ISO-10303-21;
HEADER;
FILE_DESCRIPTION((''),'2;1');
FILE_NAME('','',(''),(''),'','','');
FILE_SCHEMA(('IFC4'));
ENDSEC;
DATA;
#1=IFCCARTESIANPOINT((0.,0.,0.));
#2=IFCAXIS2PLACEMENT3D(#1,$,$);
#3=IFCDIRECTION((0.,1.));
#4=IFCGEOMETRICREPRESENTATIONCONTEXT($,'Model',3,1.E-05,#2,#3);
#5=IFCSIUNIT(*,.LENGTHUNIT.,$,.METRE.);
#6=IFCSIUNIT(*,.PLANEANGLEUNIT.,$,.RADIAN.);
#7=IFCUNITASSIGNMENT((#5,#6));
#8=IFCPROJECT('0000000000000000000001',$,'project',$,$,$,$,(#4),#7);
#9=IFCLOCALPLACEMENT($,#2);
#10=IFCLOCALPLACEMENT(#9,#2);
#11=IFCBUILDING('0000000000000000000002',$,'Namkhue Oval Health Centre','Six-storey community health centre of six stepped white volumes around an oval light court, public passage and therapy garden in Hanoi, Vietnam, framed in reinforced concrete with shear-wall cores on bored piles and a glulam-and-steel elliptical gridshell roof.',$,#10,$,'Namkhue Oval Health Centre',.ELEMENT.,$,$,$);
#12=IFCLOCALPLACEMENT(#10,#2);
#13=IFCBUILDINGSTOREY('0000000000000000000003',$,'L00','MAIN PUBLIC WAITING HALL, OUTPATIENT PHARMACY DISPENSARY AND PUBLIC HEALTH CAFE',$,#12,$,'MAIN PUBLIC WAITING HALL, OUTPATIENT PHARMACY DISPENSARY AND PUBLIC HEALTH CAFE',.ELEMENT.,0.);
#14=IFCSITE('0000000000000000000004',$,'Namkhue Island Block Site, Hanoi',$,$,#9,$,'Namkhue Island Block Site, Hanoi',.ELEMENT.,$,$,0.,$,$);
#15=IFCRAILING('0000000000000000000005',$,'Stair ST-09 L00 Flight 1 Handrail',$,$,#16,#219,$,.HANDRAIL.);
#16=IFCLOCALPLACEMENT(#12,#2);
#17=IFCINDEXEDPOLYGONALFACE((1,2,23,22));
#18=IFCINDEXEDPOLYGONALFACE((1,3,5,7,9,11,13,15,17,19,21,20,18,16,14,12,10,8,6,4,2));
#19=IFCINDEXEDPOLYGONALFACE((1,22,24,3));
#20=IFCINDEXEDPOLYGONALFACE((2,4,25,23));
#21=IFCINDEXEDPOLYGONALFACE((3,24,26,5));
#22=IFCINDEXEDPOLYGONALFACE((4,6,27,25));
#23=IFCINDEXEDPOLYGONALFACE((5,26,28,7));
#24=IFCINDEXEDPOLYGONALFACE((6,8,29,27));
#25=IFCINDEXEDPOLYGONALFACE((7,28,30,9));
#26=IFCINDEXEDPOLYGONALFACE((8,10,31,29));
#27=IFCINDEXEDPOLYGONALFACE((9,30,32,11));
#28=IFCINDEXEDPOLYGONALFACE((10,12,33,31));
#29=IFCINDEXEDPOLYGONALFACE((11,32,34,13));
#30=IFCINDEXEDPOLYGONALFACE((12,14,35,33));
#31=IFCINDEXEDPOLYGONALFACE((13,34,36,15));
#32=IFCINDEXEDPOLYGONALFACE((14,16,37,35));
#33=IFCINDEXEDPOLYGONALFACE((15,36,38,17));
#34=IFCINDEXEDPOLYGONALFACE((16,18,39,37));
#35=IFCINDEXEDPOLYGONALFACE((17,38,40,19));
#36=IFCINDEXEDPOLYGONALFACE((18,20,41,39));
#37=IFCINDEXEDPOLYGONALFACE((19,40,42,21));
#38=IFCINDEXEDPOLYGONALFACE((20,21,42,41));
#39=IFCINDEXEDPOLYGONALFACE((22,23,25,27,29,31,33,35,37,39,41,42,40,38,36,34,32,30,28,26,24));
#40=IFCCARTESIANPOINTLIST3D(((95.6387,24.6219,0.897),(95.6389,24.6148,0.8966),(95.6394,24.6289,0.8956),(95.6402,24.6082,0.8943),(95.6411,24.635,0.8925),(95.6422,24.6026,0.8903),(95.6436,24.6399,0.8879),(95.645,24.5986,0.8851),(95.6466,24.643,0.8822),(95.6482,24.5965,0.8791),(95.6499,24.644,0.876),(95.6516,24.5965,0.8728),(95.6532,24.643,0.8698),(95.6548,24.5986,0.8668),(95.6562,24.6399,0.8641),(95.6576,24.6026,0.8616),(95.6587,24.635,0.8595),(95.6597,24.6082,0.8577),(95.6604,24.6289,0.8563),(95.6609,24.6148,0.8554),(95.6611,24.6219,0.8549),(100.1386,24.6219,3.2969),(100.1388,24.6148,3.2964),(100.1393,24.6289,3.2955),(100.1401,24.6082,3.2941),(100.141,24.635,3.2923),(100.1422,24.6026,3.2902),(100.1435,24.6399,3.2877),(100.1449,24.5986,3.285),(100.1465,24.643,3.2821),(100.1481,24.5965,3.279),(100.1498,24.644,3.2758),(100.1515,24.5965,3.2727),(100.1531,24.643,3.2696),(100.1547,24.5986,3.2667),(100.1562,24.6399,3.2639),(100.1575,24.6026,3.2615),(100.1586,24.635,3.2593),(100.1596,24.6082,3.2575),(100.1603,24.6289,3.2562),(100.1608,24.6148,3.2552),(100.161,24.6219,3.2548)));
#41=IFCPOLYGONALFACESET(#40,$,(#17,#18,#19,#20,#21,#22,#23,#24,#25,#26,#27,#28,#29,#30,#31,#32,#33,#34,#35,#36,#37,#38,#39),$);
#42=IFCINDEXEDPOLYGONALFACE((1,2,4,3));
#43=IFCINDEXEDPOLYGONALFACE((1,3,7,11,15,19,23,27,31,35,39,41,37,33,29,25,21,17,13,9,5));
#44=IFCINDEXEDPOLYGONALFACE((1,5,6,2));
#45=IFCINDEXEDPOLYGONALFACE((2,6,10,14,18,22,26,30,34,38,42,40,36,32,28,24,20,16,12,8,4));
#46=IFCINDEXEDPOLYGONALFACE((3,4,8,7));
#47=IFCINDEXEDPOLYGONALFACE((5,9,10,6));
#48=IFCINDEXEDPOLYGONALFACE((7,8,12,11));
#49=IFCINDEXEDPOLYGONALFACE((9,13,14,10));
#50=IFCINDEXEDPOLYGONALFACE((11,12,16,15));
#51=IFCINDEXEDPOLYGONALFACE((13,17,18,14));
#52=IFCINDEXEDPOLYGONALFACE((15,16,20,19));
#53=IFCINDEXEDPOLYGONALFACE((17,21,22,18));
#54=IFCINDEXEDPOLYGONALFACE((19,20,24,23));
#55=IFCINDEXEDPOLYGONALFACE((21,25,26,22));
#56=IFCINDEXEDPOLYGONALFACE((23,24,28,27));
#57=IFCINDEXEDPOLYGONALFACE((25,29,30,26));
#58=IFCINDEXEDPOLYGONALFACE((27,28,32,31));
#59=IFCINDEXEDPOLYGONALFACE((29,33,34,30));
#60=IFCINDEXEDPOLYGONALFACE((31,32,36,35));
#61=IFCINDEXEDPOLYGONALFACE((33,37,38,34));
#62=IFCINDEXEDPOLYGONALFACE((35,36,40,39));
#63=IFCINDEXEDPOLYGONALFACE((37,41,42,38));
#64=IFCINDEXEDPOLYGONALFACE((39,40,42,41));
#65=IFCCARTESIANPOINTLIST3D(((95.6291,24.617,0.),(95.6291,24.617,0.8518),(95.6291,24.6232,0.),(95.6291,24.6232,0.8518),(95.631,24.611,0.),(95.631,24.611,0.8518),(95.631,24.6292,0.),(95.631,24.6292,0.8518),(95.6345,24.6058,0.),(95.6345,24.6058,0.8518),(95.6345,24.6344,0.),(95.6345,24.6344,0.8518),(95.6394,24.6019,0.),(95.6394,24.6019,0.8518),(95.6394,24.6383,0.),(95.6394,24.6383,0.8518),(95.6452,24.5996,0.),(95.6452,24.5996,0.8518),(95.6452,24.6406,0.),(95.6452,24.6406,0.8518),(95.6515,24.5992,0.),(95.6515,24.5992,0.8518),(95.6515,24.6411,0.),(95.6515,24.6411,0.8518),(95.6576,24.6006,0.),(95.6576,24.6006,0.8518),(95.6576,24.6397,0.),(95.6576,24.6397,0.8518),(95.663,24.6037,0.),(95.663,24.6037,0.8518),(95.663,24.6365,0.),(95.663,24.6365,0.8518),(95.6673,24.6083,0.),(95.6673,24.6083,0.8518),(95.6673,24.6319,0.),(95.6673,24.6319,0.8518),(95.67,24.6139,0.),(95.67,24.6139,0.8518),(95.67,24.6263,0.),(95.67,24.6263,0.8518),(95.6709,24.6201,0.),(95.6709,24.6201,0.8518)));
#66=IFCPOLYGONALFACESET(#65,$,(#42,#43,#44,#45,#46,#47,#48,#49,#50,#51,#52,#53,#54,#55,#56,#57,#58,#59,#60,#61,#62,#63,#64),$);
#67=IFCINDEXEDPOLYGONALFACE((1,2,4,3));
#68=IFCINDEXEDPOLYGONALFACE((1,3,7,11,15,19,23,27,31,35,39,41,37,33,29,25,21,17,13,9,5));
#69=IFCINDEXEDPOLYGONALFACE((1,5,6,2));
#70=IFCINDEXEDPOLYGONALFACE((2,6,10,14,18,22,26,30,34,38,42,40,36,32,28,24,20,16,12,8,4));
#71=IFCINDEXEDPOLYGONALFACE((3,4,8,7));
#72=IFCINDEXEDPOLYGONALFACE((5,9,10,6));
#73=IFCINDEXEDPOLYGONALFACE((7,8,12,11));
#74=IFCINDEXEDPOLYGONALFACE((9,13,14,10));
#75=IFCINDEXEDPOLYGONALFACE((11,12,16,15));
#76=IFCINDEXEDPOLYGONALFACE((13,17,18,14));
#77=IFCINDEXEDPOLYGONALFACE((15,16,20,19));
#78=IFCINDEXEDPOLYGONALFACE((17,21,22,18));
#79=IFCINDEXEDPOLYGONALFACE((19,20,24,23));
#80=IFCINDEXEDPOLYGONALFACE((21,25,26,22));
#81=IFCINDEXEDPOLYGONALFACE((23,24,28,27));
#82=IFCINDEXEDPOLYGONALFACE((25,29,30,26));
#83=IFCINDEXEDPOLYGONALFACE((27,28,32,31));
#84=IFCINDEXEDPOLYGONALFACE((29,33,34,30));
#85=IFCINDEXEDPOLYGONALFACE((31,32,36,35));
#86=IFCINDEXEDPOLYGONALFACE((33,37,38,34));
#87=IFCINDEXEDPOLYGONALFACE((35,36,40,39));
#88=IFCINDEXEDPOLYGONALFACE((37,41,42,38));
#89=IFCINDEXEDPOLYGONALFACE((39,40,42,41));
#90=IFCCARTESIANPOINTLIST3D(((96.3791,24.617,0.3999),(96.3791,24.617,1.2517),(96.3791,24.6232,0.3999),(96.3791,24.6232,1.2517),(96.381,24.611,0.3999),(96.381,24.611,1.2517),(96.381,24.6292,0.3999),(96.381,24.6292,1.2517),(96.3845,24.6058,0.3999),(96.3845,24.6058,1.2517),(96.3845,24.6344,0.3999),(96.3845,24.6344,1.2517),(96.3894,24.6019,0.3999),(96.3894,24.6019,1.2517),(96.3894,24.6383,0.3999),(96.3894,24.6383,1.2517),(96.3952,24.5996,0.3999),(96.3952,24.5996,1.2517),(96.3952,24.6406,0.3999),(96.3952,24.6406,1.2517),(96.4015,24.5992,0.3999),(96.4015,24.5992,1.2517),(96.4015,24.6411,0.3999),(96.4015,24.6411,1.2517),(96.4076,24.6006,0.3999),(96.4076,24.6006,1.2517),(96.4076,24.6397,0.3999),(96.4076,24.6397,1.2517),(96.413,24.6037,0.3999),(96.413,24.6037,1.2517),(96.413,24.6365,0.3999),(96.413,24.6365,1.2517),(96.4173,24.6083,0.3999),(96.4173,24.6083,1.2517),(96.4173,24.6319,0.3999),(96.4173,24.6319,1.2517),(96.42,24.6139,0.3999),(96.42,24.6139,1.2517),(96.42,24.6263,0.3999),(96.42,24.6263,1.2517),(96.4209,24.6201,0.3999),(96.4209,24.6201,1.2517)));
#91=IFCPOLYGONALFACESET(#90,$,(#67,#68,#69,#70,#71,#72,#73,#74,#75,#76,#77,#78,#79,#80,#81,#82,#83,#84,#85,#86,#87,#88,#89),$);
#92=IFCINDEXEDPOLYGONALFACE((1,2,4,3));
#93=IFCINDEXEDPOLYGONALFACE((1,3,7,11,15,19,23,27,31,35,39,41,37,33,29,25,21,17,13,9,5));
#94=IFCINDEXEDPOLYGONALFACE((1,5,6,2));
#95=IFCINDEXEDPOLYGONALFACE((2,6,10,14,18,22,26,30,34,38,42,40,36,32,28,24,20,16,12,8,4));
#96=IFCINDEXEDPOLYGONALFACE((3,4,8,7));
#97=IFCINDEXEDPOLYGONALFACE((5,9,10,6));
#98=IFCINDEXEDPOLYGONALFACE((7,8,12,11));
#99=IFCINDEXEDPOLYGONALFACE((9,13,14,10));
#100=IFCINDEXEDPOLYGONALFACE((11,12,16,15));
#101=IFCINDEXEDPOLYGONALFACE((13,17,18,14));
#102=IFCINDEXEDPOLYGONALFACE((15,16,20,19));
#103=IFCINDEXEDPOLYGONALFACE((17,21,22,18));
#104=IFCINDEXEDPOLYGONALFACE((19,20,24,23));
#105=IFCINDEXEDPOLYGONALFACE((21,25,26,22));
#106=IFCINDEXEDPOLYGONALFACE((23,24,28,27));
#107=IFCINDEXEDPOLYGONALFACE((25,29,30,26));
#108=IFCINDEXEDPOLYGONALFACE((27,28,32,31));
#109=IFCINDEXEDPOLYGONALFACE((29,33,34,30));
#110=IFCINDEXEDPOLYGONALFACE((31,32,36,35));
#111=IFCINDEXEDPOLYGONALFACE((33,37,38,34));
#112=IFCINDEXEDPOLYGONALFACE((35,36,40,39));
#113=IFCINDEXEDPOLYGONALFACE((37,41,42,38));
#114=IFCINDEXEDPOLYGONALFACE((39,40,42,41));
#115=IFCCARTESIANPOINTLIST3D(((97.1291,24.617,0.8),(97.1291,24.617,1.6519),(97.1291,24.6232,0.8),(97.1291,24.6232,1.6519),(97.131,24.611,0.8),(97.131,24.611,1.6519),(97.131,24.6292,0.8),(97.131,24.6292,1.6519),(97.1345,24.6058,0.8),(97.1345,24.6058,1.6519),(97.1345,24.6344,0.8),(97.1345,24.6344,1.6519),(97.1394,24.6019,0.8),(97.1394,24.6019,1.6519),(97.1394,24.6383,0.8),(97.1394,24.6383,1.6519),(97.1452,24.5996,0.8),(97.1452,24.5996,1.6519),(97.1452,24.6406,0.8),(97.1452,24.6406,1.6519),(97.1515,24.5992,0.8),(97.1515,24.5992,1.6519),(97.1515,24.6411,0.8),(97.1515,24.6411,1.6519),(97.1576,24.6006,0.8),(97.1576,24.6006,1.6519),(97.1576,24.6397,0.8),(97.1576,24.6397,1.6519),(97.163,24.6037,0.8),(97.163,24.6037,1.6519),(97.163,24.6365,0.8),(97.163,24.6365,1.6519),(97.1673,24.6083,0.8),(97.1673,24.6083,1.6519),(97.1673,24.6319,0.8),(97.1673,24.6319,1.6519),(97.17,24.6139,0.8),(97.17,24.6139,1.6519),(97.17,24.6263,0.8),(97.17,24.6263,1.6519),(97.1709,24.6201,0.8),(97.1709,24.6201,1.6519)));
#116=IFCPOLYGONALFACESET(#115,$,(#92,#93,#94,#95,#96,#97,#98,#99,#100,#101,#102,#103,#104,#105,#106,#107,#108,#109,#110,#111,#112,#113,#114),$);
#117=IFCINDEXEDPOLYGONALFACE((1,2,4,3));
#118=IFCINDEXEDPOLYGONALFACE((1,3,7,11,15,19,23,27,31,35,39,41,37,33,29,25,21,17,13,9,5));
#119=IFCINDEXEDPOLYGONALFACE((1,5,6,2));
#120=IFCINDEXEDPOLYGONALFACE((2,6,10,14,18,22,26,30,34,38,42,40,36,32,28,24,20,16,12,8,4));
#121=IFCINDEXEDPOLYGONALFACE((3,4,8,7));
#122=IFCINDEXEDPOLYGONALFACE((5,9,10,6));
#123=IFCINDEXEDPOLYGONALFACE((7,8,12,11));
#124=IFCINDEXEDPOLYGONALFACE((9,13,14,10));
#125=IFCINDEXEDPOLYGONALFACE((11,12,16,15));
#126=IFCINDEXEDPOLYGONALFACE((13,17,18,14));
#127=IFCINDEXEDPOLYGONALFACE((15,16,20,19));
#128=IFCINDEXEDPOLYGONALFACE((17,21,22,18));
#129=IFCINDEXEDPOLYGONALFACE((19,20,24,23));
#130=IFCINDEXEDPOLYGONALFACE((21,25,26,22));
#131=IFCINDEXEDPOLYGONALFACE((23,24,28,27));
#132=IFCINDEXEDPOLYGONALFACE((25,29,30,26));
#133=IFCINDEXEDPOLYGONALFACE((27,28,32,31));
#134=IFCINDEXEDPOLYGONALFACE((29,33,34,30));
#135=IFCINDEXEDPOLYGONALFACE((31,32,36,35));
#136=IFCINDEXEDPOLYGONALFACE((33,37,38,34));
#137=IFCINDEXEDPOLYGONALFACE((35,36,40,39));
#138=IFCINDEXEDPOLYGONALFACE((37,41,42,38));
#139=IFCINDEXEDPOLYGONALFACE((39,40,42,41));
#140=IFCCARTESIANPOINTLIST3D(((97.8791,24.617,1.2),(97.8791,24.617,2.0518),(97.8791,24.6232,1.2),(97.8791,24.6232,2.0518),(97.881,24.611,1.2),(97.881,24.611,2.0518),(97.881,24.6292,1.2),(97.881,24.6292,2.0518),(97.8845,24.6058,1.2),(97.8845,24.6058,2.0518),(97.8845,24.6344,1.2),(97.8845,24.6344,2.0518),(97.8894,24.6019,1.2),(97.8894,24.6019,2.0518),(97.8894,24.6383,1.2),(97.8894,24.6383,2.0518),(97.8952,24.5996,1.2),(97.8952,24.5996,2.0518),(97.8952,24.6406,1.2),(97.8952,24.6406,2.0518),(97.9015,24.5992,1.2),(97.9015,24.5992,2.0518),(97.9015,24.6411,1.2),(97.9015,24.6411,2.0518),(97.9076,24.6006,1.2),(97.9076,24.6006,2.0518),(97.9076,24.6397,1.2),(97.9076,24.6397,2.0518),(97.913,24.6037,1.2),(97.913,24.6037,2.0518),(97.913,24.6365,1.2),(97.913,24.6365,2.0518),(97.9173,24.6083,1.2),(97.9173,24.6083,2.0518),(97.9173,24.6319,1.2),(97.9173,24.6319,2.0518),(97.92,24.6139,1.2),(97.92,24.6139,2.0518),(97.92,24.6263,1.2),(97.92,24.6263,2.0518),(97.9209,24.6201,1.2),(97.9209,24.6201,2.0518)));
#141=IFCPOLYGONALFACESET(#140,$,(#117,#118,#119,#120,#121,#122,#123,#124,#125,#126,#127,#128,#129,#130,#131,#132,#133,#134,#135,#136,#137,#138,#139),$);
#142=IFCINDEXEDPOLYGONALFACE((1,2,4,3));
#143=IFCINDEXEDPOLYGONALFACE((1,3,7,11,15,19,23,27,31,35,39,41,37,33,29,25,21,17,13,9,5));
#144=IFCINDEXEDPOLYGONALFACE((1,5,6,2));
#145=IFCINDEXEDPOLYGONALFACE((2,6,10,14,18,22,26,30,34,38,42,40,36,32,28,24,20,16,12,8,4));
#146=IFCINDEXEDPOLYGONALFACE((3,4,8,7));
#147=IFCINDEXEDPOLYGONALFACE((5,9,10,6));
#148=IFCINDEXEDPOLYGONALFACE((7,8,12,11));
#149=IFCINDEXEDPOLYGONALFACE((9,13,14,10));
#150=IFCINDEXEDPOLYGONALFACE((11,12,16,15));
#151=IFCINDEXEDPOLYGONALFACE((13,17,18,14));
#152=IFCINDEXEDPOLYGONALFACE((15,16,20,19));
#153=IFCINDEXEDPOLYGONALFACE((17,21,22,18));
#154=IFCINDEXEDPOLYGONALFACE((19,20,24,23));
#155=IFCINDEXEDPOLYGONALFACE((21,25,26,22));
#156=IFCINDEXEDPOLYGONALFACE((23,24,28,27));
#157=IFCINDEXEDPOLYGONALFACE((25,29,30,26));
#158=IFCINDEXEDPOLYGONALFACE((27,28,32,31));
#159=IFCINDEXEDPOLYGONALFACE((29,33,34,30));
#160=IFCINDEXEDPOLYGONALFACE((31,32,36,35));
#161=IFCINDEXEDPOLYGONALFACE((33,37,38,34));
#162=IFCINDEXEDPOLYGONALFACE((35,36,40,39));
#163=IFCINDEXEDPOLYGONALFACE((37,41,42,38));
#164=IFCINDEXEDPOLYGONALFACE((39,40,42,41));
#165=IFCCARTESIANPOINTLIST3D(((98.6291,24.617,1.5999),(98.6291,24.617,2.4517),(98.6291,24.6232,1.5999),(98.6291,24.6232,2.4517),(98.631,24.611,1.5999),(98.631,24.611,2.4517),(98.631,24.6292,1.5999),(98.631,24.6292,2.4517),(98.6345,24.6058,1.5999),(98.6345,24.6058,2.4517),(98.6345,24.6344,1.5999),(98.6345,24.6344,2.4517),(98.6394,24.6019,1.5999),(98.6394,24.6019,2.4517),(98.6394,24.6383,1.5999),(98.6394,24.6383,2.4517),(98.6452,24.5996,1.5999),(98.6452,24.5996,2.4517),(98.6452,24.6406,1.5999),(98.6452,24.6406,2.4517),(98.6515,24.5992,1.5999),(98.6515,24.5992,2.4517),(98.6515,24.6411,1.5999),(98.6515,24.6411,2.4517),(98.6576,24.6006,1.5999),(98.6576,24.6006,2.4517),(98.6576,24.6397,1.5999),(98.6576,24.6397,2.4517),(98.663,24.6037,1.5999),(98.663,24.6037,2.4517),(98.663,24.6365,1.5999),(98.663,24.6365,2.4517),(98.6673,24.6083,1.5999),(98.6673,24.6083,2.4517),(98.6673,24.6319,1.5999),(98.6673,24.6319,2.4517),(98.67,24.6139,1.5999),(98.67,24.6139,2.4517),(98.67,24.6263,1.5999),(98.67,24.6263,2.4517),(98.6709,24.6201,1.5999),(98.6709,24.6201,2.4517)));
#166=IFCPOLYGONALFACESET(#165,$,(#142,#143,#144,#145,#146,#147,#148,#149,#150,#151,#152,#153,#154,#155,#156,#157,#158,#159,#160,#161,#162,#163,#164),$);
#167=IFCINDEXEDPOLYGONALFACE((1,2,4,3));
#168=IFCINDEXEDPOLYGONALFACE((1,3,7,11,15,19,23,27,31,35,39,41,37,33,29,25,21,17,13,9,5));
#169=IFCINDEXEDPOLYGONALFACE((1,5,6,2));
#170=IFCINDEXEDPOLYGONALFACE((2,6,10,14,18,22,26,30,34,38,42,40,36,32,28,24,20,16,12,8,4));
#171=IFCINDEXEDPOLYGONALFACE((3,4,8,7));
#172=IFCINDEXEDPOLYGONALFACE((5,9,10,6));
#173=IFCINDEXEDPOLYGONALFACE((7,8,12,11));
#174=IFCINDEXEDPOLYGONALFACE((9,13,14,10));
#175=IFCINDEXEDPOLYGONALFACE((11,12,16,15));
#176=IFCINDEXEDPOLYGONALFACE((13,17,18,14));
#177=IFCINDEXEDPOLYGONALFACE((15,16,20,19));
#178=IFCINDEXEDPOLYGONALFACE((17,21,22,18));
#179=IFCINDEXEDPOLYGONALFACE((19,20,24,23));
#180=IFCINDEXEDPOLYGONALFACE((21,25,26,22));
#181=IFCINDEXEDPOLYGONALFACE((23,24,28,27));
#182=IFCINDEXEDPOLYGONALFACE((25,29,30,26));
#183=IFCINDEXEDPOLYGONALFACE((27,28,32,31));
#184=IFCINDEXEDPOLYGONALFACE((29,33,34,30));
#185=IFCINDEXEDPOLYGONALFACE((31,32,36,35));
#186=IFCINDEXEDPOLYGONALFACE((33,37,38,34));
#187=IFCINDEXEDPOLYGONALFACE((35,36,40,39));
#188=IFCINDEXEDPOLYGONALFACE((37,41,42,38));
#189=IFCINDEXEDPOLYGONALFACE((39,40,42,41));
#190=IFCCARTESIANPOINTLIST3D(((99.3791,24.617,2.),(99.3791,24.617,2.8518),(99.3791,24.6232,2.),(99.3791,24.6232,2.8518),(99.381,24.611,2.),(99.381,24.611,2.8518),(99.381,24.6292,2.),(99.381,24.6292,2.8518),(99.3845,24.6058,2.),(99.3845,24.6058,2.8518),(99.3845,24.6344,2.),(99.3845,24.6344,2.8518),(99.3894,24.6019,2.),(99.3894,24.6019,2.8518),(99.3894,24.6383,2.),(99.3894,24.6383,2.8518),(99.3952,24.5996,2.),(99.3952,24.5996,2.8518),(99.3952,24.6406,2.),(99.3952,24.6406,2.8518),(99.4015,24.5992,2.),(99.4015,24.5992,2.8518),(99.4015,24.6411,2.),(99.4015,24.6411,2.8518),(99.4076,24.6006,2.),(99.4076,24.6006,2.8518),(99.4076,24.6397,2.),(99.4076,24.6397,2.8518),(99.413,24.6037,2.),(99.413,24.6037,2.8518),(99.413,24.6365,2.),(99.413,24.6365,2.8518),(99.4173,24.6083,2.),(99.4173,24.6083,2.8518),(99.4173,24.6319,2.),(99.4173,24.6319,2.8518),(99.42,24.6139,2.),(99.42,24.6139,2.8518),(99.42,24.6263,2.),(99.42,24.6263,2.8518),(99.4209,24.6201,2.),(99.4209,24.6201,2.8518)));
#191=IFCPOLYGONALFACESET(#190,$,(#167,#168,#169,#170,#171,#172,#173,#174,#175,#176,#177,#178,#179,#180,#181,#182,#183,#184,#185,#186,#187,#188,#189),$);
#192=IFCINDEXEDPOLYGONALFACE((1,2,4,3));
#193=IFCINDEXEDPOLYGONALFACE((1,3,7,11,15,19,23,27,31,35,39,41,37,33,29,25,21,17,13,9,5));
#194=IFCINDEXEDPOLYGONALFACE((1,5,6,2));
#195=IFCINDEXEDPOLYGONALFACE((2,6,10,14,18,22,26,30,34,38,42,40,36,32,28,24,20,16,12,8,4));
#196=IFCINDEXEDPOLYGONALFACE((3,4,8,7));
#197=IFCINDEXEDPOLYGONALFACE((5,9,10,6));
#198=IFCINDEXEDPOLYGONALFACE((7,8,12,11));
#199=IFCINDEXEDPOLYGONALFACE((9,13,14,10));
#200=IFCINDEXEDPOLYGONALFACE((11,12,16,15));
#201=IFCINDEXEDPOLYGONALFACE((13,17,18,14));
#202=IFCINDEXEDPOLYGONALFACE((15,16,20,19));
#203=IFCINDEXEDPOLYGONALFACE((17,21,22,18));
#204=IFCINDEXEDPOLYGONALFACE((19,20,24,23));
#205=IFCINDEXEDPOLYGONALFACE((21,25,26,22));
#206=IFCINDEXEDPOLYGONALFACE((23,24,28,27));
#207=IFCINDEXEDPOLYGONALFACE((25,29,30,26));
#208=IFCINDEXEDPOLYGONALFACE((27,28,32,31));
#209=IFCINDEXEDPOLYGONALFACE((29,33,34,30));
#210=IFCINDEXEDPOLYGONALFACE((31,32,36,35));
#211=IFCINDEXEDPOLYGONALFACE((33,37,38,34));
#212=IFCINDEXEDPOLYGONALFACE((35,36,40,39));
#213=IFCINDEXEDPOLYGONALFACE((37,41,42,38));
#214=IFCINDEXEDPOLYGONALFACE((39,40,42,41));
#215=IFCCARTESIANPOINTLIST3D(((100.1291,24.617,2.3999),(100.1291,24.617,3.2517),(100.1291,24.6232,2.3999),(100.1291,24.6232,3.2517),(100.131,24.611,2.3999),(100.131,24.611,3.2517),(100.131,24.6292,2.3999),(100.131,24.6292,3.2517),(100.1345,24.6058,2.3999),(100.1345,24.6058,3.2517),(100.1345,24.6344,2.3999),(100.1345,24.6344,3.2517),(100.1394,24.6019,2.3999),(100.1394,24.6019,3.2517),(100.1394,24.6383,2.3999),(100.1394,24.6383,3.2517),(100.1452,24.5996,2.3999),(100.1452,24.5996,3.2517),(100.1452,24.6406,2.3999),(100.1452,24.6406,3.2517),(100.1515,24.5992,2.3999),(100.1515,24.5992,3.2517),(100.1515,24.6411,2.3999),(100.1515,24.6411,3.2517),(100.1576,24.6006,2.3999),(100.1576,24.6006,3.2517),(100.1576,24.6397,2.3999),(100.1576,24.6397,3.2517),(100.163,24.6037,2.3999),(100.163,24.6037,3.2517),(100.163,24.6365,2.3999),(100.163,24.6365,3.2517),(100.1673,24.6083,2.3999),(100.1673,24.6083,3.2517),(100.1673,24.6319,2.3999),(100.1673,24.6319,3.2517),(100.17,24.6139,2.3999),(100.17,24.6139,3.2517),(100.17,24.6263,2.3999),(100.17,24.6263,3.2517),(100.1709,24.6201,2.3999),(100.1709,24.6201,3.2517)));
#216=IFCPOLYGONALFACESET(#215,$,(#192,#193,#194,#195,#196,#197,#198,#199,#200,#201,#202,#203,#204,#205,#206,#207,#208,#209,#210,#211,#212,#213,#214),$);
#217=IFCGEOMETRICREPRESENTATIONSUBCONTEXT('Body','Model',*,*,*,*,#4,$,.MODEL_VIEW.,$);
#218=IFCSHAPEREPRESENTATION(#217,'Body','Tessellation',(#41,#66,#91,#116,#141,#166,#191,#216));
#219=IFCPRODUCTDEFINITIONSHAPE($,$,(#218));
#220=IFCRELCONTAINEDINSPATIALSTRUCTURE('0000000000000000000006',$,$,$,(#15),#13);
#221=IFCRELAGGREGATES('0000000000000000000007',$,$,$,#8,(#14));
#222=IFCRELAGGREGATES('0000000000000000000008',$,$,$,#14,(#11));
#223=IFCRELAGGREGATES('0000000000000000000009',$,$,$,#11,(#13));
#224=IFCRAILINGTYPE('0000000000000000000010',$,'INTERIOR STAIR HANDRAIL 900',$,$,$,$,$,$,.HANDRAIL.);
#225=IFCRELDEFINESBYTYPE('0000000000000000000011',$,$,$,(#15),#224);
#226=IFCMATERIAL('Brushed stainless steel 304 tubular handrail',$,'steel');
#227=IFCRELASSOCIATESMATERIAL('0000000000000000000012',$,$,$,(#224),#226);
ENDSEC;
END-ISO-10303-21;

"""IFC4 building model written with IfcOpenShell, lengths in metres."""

from ifc_helpers import new_model, si_unit, direction, frame, origin, origin_2d, place, context, subcontext, project, spatial, circle, extrude, material, type_object, element, save


model = new_model("IFC4")

# Units and contexts
model_context = context("Model", 3, precision=1e-05, world=origin(), true_north=direction((0.0, 1.0)))
body_context = subcontext(model_context, "Body", "Model", "MODEL_VIEW")
ifc_project = project(units=[si_unit("LENGTHUNIT", "METRE"), si_unit("PLANEANGLEUNIT", "RADIAN")], contexts=[model_context])

# Site, building, storey
site_placement = place(None, origin())
site = spatial("IfcSite", under=ifc_project, at=site_placement, Name="Namkhue Island Block Site, Hanoi", LongName="Namkhue Island Block Site, Hanoi", CompositionType="ELEMENT", RefElevation=0.0)
building_placement = place(site_placement, origin())
building = spatial("IfcBuilding", under=site, at=building_placement, Name="Namkhue Oval Health Centre", Description="Six-storey community health centre of six stepped white volumes around an oval light court, public passage and therapy garden in Hanoi, Vietnam, framed in reinforced concrete with shear-wall cores on bored piles and a glulam-and-steel elliptical gridshell roof.", LongName="Namkhue Oval Health Centre", CompositionType="ELEMENT")
storey_placement = place(building_placement, origin())
storey = spatial("IfcBuildingStorey", under=building, at=storey_placement, Name="L00", Description="MAIN PUBLIC WAITING HALL, OUTPATIENT PHARMACY DISPENSARY AND PUBLIC HEALTH CAFE", LongName="MAIN PUBLIC WAITING HALL, OUTPATIENT PHARMACY DISPENSARY AND PUBLIC HEALTH CAFE", CompositionType="ELEMENT", Elevation=0.0)

# Railing
ifc_material_1 = material(Name="Brushed stainless steel 304 tubular handrail", Category="steel")
railing_type = type_object("IfcRailingType", Name="INTERIOR STAIR HANDRAIL 900", PredefinedType="HANDRAIL", material=ifc_material_1)
railing_placement = place(storey_placement, frame((95.6499, 24.6201, 0.0)))
element("IfcRailing", 1, at=railing_placement, inside=storey, type_object=railing_type, Name="Stair ST-09 L00 Flight 1 Handrail", PredefinedType="HANDRAIL", context=body_context, shape_type="SweptSolid", body=[
    extrude(circle(Radius=0.0239, at=origin_2d()), frame((0.0, 0.0, 0.876), z_axis=(0.882361, 0.0, 0.470573), x_axis=(0.0, 1.0, 0.0)), (0.0, 0.0, 1.0), 5.0999),
    extrude(circle(Radius=0.021, at=origin_2d()), origin(), (0.0, 0.0, 1.0), 0.8518),
    extrude(circle(Radius=0.021, at=origin_2d()), frame((0.75, 0.0, 0.3999)), (0.0, 0.0, 1.0), 0.8518),
    extrude(circle(Radius=0.021, at=origin_2d()), frame((1.5, 0.0, 0.8)), (0.0, 0.0, 1.0), 0.8518),
    extrude(circle(Radius=0.021, at=origin_2d()), frame((2.25, 0.0, 1.2)), (0.0, 0.0, 1.0), 0.8518),
    extrude(circle(Radius=0.021, at=origin_2d()), frame((3.0, 0.0, 1.5999)), (0.0, 0.0, 1.0), 0.8518),
    extrude(circle(Radius=0.021, at=origin_2d()), frame((3.75, 0.0, 2.0)), (0.0, 0.0, 1.0), 0.8518),
    extrude(circle(Radius=0.021, at=origin_2d()), frame((4.5, 0.0, 2.3999)), (0.0, 0.0, 1.0), 0.8518),
])

save(model, "model.ifc")
